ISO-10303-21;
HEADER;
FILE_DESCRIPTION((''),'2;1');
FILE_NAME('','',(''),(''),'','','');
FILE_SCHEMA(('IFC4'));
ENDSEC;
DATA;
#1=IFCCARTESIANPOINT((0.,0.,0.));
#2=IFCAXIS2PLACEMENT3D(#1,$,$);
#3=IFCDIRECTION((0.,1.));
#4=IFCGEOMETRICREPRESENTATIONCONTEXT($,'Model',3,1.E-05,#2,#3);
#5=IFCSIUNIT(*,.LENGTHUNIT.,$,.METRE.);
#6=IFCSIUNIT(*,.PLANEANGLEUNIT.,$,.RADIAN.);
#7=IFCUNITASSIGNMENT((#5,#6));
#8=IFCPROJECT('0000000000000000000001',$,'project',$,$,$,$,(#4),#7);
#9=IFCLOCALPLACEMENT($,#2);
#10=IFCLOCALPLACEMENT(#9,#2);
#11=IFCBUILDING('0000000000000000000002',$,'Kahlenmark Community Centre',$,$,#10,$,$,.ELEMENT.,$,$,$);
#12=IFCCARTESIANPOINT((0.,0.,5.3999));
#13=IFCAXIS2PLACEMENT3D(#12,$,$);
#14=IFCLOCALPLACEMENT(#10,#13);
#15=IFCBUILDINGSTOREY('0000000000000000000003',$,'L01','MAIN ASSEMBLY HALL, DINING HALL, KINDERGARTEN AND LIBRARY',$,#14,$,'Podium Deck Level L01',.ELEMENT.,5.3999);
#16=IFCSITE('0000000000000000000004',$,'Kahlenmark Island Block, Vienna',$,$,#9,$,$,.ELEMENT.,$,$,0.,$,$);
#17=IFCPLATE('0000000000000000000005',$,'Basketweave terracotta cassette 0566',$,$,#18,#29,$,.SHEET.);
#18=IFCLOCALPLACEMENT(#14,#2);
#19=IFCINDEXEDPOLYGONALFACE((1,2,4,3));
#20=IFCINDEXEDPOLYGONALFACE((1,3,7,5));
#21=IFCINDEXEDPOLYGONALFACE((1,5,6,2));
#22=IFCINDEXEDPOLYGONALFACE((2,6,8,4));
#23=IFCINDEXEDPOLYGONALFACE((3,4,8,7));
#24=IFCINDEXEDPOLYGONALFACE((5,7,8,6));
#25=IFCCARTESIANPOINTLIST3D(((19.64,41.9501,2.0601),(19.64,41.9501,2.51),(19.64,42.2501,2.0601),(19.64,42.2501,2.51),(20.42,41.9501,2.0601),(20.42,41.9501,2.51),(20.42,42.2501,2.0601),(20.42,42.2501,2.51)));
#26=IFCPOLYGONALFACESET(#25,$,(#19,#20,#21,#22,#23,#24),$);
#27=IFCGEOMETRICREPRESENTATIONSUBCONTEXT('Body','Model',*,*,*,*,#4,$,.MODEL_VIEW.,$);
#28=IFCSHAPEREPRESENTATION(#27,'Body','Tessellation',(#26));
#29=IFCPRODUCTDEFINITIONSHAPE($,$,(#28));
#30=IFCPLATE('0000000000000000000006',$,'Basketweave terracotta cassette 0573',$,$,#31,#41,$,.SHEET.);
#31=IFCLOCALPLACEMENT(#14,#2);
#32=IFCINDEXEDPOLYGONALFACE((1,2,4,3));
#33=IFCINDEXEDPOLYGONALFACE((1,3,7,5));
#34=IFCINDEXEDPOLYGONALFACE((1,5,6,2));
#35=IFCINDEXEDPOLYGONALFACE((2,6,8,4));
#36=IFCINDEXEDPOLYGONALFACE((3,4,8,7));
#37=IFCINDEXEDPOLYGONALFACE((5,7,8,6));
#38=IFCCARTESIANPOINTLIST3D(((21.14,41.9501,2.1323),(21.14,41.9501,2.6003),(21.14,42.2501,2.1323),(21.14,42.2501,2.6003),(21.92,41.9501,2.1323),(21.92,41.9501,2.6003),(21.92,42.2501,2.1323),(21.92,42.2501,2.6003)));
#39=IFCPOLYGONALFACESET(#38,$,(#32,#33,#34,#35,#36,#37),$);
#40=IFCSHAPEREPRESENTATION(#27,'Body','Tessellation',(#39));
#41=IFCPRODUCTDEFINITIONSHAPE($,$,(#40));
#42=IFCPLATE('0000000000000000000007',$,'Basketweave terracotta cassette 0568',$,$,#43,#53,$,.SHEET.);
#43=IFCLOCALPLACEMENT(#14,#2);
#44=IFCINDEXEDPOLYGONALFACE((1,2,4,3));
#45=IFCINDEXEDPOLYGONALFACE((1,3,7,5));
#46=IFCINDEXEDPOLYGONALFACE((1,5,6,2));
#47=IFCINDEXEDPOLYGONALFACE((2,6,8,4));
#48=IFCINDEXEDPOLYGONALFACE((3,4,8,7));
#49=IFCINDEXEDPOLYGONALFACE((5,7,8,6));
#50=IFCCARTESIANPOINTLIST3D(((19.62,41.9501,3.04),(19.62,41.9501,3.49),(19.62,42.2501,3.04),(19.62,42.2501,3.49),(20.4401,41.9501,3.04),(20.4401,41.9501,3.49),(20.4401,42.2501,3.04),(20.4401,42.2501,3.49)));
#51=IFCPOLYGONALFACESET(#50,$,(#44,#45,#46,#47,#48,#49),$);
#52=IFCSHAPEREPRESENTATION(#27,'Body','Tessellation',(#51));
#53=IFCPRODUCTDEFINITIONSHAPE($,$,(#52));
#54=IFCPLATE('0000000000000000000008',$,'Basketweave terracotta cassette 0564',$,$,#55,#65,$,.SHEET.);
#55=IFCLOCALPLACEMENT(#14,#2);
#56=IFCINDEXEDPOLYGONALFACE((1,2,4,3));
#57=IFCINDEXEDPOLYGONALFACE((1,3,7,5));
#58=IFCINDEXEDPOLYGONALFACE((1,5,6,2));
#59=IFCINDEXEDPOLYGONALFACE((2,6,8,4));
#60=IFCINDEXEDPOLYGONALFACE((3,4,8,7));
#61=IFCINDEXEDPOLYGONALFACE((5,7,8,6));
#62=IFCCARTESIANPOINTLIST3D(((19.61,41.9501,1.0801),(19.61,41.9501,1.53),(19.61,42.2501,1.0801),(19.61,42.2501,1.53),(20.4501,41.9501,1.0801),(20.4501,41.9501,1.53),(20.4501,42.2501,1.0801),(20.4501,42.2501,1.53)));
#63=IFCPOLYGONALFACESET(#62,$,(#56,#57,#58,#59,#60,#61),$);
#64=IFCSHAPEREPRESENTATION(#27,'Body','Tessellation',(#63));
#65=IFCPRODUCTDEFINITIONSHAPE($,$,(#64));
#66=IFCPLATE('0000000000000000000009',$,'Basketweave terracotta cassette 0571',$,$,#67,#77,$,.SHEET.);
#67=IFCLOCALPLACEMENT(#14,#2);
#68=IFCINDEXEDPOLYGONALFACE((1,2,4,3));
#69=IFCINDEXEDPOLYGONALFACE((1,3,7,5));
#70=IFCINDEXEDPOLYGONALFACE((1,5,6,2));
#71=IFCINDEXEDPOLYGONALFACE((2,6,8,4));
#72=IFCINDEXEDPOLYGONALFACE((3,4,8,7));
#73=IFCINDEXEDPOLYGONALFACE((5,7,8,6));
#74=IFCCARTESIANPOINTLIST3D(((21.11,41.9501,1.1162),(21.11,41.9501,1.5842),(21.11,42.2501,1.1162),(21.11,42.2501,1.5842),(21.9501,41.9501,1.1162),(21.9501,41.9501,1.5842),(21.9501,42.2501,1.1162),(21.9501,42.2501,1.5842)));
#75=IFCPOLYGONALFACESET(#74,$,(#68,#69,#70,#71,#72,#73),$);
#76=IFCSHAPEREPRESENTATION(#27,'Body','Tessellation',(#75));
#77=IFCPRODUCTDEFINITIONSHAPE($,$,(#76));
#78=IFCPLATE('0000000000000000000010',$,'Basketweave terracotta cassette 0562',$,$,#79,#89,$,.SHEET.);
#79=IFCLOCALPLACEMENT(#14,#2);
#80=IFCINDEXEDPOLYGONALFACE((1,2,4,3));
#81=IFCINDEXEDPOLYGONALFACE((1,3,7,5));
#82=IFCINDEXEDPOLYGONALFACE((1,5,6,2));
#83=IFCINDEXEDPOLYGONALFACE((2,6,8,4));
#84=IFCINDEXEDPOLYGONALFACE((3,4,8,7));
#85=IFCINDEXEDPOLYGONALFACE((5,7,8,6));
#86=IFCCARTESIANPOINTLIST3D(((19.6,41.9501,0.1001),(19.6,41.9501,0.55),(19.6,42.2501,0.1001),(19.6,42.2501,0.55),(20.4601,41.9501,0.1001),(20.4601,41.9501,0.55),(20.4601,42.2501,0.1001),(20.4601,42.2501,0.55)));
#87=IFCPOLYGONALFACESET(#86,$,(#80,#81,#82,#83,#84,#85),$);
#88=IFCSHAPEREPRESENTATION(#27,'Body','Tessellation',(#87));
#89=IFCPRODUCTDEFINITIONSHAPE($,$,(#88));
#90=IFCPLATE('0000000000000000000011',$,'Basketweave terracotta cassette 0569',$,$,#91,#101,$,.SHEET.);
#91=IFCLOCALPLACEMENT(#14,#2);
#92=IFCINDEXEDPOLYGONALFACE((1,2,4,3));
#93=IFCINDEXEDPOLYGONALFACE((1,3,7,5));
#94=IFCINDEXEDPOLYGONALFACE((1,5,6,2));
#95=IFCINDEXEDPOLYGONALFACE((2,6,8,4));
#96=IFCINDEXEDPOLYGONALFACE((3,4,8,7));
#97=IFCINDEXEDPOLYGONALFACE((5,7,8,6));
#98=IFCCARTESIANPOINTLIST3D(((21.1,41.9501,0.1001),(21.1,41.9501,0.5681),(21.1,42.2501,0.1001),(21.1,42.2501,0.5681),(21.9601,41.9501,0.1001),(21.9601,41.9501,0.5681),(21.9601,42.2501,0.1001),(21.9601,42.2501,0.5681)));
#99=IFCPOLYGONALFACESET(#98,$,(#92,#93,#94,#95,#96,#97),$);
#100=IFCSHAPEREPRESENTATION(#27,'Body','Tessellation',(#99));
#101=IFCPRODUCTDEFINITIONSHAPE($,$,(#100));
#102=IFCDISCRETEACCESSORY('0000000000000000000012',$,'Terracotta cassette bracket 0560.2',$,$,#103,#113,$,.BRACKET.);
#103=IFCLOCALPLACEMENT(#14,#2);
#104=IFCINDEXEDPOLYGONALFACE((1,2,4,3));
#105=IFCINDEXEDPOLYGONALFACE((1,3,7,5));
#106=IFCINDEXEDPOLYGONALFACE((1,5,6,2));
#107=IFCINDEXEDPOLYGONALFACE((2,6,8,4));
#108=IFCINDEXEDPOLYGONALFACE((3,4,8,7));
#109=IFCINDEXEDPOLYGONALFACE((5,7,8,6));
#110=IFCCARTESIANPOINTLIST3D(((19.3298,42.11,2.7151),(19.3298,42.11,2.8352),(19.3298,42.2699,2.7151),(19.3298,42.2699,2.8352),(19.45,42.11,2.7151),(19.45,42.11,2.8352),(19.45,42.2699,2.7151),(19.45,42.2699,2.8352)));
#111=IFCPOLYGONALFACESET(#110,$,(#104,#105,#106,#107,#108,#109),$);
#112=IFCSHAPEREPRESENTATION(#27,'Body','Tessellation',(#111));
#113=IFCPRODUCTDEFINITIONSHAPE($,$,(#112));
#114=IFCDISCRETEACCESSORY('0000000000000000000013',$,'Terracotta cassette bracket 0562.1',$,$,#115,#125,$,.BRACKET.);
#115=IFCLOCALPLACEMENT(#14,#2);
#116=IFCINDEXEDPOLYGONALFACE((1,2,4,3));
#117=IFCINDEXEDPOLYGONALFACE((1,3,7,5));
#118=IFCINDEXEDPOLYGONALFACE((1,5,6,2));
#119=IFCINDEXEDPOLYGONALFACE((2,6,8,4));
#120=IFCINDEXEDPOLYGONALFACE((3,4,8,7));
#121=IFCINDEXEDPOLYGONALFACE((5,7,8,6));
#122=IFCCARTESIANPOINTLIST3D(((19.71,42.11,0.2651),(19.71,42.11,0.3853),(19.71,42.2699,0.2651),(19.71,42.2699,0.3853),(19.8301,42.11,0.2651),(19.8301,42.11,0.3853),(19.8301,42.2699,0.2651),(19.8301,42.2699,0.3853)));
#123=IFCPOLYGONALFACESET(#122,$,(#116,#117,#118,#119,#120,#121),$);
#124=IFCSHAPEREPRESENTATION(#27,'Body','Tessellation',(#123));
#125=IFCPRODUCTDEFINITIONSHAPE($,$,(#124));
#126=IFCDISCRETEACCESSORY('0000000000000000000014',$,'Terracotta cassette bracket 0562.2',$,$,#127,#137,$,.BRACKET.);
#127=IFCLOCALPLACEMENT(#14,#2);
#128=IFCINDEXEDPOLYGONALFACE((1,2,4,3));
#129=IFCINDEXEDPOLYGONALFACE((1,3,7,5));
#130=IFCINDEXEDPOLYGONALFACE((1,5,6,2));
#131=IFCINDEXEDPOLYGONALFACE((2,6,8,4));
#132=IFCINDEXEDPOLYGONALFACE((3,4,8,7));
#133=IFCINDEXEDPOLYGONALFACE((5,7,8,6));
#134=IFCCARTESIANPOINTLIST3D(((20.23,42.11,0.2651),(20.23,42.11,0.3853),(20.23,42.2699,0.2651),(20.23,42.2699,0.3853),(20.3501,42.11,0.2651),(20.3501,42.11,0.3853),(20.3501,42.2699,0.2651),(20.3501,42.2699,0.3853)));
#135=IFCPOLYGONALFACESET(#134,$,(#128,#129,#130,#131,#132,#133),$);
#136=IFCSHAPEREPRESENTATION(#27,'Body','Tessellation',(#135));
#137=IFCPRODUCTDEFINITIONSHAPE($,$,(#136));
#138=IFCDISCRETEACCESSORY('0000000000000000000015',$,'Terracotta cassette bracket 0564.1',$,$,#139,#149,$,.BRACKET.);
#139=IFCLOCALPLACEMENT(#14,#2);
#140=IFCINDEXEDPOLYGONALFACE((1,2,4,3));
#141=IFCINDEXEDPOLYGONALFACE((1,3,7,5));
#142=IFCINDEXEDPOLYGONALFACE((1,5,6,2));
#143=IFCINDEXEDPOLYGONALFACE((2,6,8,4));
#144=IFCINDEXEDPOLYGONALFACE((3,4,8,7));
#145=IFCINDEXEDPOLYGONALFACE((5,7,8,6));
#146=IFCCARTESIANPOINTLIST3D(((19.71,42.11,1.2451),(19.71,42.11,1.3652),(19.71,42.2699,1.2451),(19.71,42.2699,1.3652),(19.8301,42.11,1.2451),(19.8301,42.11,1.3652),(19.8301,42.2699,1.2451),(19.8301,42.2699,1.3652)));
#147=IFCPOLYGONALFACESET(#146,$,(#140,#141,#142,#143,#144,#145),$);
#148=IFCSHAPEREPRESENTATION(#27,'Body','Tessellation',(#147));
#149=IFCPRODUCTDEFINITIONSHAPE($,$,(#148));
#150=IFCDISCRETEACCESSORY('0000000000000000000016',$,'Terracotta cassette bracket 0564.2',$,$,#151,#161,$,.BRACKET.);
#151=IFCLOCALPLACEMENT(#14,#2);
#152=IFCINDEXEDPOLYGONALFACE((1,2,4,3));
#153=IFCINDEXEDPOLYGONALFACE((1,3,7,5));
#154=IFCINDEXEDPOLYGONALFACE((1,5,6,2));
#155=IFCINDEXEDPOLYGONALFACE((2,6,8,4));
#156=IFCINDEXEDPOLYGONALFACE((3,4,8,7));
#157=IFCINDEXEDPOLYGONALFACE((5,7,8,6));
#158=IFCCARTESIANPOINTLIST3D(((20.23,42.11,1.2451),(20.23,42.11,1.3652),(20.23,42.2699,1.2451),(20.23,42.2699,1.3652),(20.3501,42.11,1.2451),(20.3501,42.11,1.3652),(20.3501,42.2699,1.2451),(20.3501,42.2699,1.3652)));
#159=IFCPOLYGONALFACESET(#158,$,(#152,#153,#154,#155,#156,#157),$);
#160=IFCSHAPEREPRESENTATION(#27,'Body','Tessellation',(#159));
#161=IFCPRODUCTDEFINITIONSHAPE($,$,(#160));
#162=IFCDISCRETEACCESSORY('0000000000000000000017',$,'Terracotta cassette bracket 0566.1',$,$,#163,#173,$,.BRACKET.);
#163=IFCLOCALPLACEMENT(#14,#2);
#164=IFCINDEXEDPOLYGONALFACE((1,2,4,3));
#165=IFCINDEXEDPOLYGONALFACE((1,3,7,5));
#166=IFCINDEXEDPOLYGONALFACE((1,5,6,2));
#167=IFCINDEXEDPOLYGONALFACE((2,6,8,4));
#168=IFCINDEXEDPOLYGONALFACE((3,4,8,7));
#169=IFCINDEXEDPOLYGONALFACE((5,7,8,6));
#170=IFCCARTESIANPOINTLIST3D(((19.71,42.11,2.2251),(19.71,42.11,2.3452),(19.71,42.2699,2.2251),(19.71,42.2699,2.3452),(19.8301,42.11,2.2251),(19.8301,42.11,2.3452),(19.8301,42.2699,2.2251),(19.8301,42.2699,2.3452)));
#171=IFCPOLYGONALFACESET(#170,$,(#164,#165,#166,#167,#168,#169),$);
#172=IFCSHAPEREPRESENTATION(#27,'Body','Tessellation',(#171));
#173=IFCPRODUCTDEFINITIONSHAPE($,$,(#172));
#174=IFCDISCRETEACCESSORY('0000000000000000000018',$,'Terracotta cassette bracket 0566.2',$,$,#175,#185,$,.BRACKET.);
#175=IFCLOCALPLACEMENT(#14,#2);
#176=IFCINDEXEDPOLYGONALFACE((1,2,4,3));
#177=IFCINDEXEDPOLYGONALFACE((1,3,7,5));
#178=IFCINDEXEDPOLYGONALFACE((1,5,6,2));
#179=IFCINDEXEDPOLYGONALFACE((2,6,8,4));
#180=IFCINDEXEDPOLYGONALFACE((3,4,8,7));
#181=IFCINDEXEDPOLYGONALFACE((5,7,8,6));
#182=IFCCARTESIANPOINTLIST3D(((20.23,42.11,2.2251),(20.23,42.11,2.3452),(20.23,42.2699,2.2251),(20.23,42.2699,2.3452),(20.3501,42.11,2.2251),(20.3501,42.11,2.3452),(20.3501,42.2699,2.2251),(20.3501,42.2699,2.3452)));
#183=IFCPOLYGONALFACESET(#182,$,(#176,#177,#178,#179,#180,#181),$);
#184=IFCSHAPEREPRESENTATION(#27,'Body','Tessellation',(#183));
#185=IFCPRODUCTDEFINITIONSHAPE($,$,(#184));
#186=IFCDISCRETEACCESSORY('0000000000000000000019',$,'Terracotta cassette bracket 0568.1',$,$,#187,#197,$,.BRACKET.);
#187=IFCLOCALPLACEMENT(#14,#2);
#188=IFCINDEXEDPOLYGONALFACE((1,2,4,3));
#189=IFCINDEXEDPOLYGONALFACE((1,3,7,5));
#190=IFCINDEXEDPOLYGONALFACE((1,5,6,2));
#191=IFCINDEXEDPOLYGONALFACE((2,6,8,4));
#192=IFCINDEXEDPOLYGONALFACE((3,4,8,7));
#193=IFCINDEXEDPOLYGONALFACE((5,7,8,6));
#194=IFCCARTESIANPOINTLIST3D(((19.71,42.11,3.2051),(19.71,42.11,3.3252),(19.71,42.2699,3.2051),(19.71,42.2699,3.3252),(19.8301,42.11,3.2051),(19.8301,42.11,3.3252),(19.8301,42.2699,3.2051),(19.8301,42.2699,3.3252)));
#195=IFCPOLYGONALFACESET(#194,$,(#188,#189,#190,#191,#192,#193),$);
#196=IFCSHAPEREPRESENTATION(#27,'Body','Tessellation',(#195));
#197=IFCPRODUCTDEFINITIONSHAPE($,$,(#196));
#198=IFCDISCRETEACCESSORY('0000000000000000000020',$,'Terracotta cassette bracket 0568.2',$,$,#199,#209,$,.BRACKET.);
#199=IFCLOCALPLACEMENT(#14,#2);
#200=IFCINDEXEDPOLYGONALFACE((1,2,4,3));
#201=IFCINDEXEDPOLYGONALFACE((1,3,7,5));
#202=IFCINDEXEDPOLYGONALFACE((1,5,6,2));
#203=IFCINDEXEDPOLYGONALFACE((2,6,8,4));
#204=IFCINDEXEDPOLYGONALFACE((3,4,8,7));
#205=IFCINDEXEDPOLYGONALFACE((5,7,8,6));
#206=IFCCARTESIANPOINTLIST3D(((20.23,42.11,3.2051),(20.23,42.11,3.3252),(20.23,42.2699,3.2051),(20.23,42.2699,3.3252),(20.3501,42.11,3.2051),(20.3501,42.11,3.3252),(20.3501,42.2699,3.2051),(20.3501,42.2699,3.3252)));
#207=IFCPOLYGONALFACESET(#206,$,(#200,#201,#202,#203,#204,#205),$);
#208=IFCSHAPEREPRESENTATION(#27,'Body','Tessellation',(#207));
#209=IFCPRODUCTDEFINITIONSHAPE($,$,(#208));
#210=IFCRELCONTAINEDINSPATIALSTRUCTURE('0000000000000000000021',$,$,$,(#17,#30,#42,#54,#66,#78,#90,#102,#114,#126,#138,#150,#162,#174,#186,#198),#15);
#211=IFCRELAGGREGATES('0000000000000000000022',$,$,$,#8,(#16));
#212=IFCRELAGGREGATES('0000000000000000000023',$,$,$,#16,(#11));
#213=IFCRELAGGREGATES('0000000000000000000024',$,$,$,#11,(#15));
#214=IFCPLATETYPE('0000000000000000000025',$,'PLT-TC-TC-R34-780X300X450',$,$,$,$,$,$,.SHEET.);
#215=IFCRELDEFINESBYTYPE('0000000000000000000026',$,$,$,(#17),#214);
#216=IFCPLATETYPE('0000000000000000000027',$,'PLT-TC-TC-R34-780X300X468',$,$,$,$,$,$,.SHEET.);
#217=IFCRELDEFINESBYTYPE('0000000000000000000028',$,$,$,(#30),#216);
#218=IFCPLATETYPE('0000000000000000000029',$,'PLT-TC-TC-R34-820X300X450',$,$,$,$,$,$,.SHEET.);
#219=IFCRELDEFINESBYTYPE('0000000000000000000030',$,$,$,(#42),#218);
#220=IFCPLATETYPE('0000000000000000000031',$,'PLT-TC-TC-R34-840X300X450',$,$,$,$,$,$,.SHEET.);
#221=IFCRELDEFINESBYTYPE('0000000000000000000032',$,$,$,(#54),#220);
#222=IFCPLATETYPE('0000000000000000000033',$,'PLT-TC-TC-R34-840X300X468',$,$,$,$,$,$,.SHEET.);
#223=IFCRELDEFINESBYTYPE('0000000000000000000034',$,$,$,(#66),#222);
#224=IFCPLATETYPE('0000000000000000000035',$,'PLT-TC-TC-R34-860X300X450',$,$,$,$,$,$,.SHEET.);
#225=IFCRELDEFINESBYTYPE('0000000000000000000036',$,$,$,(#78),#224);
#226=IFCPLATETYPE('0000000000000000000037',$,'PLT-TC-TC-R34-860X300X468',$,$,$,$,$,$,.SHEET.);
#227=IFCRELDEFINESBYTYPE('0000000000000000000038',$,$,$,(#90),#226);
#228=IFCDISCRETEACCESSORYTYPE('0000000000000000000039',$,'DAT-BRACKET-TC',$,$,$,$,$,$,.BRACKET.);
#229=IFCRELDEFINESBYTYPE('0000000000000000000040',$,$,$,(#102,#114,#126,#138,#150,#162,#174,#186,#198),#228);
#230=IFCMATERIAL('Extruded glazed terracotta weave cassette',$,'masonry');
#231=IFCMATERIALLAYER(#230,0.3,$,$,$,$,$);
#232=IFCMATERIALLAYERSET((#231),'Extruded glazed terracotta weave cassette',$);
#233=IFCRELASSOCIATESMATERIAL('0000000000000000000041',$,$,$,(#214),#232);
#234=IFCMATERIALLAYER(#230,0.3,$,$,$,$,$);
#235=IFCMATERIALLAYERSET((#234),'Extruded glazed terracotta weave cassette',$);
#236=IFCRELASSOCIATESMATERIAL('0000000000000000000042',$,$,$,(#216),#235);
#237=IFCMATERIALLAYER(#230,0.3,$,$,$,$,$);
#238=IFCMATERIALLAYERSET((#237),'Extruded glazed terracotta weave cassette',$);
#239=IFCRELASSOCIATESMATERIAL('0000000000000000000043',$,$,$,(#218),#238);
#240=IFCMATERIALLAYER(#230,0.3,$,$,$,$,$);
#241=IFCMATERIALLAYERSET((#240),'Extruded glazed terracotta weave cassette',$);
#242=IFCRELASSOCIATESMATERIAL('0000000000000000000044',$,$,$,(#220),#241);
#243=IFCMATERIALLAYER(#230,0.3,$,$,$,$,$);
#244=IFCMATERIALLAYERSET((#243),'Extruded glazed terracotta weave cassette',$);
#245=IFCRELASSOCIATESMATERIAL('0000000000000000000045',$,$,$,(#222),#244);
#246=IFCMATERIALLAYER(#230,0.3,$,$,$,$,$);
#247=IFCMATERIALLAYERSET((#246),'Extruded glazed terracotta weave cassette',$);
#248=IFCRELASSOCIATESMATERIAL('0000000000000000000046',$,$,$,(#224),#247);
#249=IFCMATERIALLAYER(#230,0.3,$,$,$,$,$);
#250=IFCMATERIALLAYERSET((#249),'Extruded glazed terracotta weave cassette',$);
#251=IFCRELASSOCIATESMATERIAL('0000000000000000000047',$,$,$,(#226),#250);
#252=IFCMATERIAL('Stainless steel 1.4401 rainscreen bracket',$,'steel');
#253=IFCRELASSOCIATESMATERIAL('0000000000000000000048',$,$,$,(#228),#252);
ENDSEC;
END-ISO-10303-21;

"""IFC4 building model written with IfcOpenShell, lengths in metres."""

from ifc_helpers import new_model, si_unit, direction, frame, origin, origin_2d, place, context, subcontext, project, spatial, rectangle, extrude, material, layer, layer_set, type_object, element, save


model = new_model("IFC4")

# Units and contexts
model_context = context("Model", 3, precision=1e-05, world=origin(), true_north=direction((0.0, 1.0)))
body_context = subcontext(model_context, "Body", "Model", "MODEL_VIEW")
ifc_project = project(units=[si_unit("LENGTHUNIT", "METRE"), si_unit("PLANEANGLEUNIT", "RADIAN")], contexts=[model_context])

# Site, building, storey
site_placement = place(None, origin())
site = spatial("IfcSite", under=ifc_project, at=site_placement, Name="Kahlenmark Island Block, Vienna", CompositionType="ELEMENT", RefElevation=0.0)
building_placement = place(site_placement, origin())
building = spatial("IfcBuilding", under=site, at=building_placement, Name="Kahlenmark Community Centre", CompositionType="ELEMENT")
storey_placement = place(building_placement, frame((0.0, 0.0, 5.3999)))
storey = spatial("IfcBuildingStorey", under=building, at=storey_placement, Name="L01", Description="MAIN ASSEMBLY HALL, DINING HALL, KINDERGARTEN AND LIBRARY", LongName="Podium Deck Level L01", CompositionType="ELEMENT", Elevation=5.3999)

# Plates
ifc_material_1 = material(Name="Extruded glazed terracotta weave cassette", Category="masonry")
ifc_layer_1 = layer(ifc_material_1, 0.3)
ifc_layer_set_1 = layer_set([ifc_layer_1], Name="Extruded glazed terracotta weave cassette")
plate_type_1 = type_object("IfcPlateType", Name="PLT-TC-TC-R34-780X300X450", PredefinedType="SHEET", material=ifc_layer_set_1)
plate_1_placement = place(storey_placement, frame((20.03, 42.1001, 2.0601), z_axis=(0.0, 0.0, 1.0), x_axis=(1.0, 0.0, 0.0)))
element("IfcPlate", 1, at=plate_1_placement, inside=storey, type_object=plate_type_1, Name="Basketweave terracotta cassette 0566", PredefinedType="SHEET", context=body_context, shape_type="SweptSolid", body=[
    extrude(rectangle(XDim=0.78, YDim=0.3, at=origin_2d()), origin(), (0.0, 0.0, 1.0), 0.45),
])
ifc_layer_2 = layer(ifc_material_1, 0.3)
ifc_layer_set_2 = layer_set([ifc_layer_2], Name="Extruded glazed terracotta weave cassette")
plate_type_2 = type_object("IfcPlateType", Name="PLT-TC-TC-R34-780X300X468", PredefinedType="SHEET", material=ifc_layer_set_2)
plate_2_placement = place(storey_placement, frame((21.53, 42.1001, 2.1323), z_axis=(0.0, 0.0, 1.0), x_axis=(1.0, 0.0, 0.0)))
element("IfcPlate", 2, at=plate_2_placement, inside=storey, type_object=plate_type_2, Name="Basketweave terracotta cassette 0573", PredefinedType="SHEET", context=body_context, shape_type="SweptSolid", body=[
    extrude(rectangle(XDim=0.78, YDim=0.3, at=origin_2d()), origin(), (0.0, 0.0, 1.0), 0.468),
])
ifc_layer_3 = layer(ifc_material_1, 0.3)
ifc_layer_set_3 = layer_set([ifc_layer_3], Name="Extruded glazed terracotta weave cassette")
plate_type_3 = type_object("IfcPlateType", Name="PLT-TC-TC-R34-820X300X450", PredefinedType="SHEET", material=ifc_layer_set_3)
plate_3_placement = place(storey_placement, frame((20.03, 42.1001, 3.04), z_axis=(0.0, 0.0, 1.0), x_axis=(1.0, 0.0, 0.0)))
element("IfcPlate", 3, at=plate_3_placement, inside=storey, type_object=plate_type_3, Name="Basketweave terracotta cassette 0568", PredefinedType="SHEET", context=body_context, shape_type="SweptSolid", body=[
    extrude(rectangle(XDim=0.8201, YDim=0.3, at=origin_2d()), origin(), (0.0, 0.0, 1.0), 0.45),
])
ifc_layer_4 = layer(ifc_material_1, 0.3)
ifc_layer_set_4 = layer_set([ifc_layer_4], Name="Extruded glazed terracotta weave cassette")
plate_type_4 = type_object("IfcPlateType", Name="PLT-TC-TC-R34-840X300X450", PredefinedType="SHEET", material=ifc_layer_set_4)
plate_4_placement = place(storey_placement, frame((20.03, 42.1001, 1.0801), z_axis=(0.0, 0.0, 1.0), x_axis=(1.0, 0.0, 0.0)))
element("IfcPlate", 4, at=plate_4_placement, inside=storey, type_object=plate_type_4, Name="Basketweave terracotta cassette 0564", PredefinedType="SHEET", context=body_context, shape_type="SweptSolid", body=[
    extrude(rectangle(XDim=0.8401, YDim=0.3, at=origin_2d()), origin(), (0.0, 0.0, 1.0), 0.45),
])
ifc_layer_5 = layer(ifc_material_1, 0.3)
ifc_layer_set_5 = layer_set([ifc_layer_5], Name="Extruded glazed terracotta weave cassette")
plate_type_5 = type_object("IfcPlateType", Name="PLT-TC-TC-R34-840X300X468", PredefinedType="SHEET", material=ifc_layer_set_5)
plate_5_placement = place(storey_placement, frame((21.53, 42.1001, 1.1162), z_axis=(0.0, 0.0, 1.0), x_axis=(1.0, 0.0, 0.0)))
element("IfcPlate", 5, at=plate_5_placement, inside=storey, type_object=plate_type_5, Name="Basketweave terracotta cassette 0571", PredefinedType="SHEET", context=body_context, shape_type="SweptSolid", body=[
    extrude(rectangle(XDim=0.8401, YDim=0.3, at=origin_2d()), origin(), (0.0, 0.0, 1.0), 0.468),
])
ifc_layer_6 = layer(ifc_material_1, 0.3)
ifc_layer_set_6 = layer_set([ifc_layer_6], Name="Extruded glazed terracotta weave cassette")
plate_type_6 = type_object("IfcPlateType", Name="PLT-TC-TC-R34-860X300X450", PredefinedType="SHEET", material=ifc_layer_set_6)
plate_6_placement = place(storey_placement, frame((20.03, 42.1001, 0.1001), z_axis=(0.0, 0.0, 1.0), x_axis=(1.0, 0.0, 0.0)))
element("IfcPlate", 6, at=plate_6_placement, inside=storey, type_object=plate_type_6, Name="Basketweave terracotta cassette 0562", PredefinedType="SHEET", context=body_context, shape_type="SweptSolid", body=[
    extrude(rectangle(XDim=0.8601, YDim=0.3, at=origin_2d()), origin(), (0.0, 0.0, 1.0), 0.45),
])
ifc_layer_7 = layer(ifc_material_1, 0.3)
ifc_layer_set_7 = layer_set([ifc_layer_7], Name="Extruded glazed terracotta weave cassette")
plate_type_7 = type_object("IfcPlateType", Name="PLT-TC-TC-R34-860X300X468", PredefinedType="SHEET", material=ifc_layer_set_7)
plate_7_placement = place(storey_placement, frame((21.53, 42.1001, 0.1001), z_axis=(0.0, 0.0, 1.0), x_axis=(1.0, 0.0, 0.0)))
element("IfcPlate", 7, at=plate_7_placement, inside=storey, type_object=plate_type_7, Name="Basketweave terracotta cassette 0569", PredefinedType="SHEET", context=body_context, shape_type="SweptSolid", body=[
    extrude(rectangle(XDim=0.8601, YDim=0.3, at=origin_2d()), origin(), (0.0, 0.0, 1.0), 0.468),
])

# Discrete accessories
ifc_material_2 = material(Name="Stainless steel 1.4401 rainscreen bracket", Category="steel")
discrete_accessory_type = type_object("IfcDiscreteAccessoryType", Name="DAT-BRACKET-TC", PredefinedType="BRACKET", material=ifc_material_2)
for number, where, z_axis, x_axis, name in (
    (8, (19.3899, 42.1899, 2.7151), (0.0, 0.0, 1.0), (1.0, 0.0, 0.0), "Terracotta cassette bracket 0560.2"),
    (9, (19.77, 42.1899, 0.2651), (0.0, 0.0, 1.0), (1.0, 0.0, 0.0), "Terracotta cassette bracket 0562.1"),
    (10, (20.29, 42.1899, 0.2651), (0.0, 0.0, 1.0), (1.0, 0.0, 0.0), "Terracotta cassette bracket 0562.2"),
    (11, (19.77, 42.1899, 1.2451), (0.0, 0.0, 1.0), (1.0, 0.0, 0.0), "Terracotta cassette bracket 0564.1"),
    (12, (20.29, 42.1899, 1.2451), (0.0, 0.0, 1.0), (1.0, 0.0, 0.0), "Terracotta cassette bracket 0564.2"),
    (13, (19.77, 42.1899, 2.2251), (0.0, 0.0, 1.0), (1.0, 0.0, 0.0), "Terracotta cassette bracket 0566.1"),
    (14, (20.29, 42.1899, 2.2251), (0.0, 0.0, 1.0), (1.0, 0.0, 0.0), "Terracotta cassette bracket 0566.2"),
    (15, (19.77, 42.1899, 3.2051), (0.0, 0.0, 1.0), (1.0, 0.0, 0.0), "Terracotta cassette bracket 0568.1"),
    (16, (20.29, 42.1899, 3.2051), (0.0, 0.0, 1.0), (1.0, 0.0, 0.0), "Terracotta cassette bracket 0568.2"),
):
    element("IfcDiscreteAccessory", number, at=place(storey_placement, frame(where, z_axis=z_axis, x_axis=x_axis)), inside=storey, type_object=discrete_accessory_type, Name=name, PredefinedType="BRACKET", context=body_context, shape_type="SweptSolid", body=[
        extrude(rectangle(XDim=0.1201, YDim=0.1599, at=origin_2d()), origin(), (0.0, 0.0, 1.0), 0.1201),
    ])

save(model, "model.ifc")
